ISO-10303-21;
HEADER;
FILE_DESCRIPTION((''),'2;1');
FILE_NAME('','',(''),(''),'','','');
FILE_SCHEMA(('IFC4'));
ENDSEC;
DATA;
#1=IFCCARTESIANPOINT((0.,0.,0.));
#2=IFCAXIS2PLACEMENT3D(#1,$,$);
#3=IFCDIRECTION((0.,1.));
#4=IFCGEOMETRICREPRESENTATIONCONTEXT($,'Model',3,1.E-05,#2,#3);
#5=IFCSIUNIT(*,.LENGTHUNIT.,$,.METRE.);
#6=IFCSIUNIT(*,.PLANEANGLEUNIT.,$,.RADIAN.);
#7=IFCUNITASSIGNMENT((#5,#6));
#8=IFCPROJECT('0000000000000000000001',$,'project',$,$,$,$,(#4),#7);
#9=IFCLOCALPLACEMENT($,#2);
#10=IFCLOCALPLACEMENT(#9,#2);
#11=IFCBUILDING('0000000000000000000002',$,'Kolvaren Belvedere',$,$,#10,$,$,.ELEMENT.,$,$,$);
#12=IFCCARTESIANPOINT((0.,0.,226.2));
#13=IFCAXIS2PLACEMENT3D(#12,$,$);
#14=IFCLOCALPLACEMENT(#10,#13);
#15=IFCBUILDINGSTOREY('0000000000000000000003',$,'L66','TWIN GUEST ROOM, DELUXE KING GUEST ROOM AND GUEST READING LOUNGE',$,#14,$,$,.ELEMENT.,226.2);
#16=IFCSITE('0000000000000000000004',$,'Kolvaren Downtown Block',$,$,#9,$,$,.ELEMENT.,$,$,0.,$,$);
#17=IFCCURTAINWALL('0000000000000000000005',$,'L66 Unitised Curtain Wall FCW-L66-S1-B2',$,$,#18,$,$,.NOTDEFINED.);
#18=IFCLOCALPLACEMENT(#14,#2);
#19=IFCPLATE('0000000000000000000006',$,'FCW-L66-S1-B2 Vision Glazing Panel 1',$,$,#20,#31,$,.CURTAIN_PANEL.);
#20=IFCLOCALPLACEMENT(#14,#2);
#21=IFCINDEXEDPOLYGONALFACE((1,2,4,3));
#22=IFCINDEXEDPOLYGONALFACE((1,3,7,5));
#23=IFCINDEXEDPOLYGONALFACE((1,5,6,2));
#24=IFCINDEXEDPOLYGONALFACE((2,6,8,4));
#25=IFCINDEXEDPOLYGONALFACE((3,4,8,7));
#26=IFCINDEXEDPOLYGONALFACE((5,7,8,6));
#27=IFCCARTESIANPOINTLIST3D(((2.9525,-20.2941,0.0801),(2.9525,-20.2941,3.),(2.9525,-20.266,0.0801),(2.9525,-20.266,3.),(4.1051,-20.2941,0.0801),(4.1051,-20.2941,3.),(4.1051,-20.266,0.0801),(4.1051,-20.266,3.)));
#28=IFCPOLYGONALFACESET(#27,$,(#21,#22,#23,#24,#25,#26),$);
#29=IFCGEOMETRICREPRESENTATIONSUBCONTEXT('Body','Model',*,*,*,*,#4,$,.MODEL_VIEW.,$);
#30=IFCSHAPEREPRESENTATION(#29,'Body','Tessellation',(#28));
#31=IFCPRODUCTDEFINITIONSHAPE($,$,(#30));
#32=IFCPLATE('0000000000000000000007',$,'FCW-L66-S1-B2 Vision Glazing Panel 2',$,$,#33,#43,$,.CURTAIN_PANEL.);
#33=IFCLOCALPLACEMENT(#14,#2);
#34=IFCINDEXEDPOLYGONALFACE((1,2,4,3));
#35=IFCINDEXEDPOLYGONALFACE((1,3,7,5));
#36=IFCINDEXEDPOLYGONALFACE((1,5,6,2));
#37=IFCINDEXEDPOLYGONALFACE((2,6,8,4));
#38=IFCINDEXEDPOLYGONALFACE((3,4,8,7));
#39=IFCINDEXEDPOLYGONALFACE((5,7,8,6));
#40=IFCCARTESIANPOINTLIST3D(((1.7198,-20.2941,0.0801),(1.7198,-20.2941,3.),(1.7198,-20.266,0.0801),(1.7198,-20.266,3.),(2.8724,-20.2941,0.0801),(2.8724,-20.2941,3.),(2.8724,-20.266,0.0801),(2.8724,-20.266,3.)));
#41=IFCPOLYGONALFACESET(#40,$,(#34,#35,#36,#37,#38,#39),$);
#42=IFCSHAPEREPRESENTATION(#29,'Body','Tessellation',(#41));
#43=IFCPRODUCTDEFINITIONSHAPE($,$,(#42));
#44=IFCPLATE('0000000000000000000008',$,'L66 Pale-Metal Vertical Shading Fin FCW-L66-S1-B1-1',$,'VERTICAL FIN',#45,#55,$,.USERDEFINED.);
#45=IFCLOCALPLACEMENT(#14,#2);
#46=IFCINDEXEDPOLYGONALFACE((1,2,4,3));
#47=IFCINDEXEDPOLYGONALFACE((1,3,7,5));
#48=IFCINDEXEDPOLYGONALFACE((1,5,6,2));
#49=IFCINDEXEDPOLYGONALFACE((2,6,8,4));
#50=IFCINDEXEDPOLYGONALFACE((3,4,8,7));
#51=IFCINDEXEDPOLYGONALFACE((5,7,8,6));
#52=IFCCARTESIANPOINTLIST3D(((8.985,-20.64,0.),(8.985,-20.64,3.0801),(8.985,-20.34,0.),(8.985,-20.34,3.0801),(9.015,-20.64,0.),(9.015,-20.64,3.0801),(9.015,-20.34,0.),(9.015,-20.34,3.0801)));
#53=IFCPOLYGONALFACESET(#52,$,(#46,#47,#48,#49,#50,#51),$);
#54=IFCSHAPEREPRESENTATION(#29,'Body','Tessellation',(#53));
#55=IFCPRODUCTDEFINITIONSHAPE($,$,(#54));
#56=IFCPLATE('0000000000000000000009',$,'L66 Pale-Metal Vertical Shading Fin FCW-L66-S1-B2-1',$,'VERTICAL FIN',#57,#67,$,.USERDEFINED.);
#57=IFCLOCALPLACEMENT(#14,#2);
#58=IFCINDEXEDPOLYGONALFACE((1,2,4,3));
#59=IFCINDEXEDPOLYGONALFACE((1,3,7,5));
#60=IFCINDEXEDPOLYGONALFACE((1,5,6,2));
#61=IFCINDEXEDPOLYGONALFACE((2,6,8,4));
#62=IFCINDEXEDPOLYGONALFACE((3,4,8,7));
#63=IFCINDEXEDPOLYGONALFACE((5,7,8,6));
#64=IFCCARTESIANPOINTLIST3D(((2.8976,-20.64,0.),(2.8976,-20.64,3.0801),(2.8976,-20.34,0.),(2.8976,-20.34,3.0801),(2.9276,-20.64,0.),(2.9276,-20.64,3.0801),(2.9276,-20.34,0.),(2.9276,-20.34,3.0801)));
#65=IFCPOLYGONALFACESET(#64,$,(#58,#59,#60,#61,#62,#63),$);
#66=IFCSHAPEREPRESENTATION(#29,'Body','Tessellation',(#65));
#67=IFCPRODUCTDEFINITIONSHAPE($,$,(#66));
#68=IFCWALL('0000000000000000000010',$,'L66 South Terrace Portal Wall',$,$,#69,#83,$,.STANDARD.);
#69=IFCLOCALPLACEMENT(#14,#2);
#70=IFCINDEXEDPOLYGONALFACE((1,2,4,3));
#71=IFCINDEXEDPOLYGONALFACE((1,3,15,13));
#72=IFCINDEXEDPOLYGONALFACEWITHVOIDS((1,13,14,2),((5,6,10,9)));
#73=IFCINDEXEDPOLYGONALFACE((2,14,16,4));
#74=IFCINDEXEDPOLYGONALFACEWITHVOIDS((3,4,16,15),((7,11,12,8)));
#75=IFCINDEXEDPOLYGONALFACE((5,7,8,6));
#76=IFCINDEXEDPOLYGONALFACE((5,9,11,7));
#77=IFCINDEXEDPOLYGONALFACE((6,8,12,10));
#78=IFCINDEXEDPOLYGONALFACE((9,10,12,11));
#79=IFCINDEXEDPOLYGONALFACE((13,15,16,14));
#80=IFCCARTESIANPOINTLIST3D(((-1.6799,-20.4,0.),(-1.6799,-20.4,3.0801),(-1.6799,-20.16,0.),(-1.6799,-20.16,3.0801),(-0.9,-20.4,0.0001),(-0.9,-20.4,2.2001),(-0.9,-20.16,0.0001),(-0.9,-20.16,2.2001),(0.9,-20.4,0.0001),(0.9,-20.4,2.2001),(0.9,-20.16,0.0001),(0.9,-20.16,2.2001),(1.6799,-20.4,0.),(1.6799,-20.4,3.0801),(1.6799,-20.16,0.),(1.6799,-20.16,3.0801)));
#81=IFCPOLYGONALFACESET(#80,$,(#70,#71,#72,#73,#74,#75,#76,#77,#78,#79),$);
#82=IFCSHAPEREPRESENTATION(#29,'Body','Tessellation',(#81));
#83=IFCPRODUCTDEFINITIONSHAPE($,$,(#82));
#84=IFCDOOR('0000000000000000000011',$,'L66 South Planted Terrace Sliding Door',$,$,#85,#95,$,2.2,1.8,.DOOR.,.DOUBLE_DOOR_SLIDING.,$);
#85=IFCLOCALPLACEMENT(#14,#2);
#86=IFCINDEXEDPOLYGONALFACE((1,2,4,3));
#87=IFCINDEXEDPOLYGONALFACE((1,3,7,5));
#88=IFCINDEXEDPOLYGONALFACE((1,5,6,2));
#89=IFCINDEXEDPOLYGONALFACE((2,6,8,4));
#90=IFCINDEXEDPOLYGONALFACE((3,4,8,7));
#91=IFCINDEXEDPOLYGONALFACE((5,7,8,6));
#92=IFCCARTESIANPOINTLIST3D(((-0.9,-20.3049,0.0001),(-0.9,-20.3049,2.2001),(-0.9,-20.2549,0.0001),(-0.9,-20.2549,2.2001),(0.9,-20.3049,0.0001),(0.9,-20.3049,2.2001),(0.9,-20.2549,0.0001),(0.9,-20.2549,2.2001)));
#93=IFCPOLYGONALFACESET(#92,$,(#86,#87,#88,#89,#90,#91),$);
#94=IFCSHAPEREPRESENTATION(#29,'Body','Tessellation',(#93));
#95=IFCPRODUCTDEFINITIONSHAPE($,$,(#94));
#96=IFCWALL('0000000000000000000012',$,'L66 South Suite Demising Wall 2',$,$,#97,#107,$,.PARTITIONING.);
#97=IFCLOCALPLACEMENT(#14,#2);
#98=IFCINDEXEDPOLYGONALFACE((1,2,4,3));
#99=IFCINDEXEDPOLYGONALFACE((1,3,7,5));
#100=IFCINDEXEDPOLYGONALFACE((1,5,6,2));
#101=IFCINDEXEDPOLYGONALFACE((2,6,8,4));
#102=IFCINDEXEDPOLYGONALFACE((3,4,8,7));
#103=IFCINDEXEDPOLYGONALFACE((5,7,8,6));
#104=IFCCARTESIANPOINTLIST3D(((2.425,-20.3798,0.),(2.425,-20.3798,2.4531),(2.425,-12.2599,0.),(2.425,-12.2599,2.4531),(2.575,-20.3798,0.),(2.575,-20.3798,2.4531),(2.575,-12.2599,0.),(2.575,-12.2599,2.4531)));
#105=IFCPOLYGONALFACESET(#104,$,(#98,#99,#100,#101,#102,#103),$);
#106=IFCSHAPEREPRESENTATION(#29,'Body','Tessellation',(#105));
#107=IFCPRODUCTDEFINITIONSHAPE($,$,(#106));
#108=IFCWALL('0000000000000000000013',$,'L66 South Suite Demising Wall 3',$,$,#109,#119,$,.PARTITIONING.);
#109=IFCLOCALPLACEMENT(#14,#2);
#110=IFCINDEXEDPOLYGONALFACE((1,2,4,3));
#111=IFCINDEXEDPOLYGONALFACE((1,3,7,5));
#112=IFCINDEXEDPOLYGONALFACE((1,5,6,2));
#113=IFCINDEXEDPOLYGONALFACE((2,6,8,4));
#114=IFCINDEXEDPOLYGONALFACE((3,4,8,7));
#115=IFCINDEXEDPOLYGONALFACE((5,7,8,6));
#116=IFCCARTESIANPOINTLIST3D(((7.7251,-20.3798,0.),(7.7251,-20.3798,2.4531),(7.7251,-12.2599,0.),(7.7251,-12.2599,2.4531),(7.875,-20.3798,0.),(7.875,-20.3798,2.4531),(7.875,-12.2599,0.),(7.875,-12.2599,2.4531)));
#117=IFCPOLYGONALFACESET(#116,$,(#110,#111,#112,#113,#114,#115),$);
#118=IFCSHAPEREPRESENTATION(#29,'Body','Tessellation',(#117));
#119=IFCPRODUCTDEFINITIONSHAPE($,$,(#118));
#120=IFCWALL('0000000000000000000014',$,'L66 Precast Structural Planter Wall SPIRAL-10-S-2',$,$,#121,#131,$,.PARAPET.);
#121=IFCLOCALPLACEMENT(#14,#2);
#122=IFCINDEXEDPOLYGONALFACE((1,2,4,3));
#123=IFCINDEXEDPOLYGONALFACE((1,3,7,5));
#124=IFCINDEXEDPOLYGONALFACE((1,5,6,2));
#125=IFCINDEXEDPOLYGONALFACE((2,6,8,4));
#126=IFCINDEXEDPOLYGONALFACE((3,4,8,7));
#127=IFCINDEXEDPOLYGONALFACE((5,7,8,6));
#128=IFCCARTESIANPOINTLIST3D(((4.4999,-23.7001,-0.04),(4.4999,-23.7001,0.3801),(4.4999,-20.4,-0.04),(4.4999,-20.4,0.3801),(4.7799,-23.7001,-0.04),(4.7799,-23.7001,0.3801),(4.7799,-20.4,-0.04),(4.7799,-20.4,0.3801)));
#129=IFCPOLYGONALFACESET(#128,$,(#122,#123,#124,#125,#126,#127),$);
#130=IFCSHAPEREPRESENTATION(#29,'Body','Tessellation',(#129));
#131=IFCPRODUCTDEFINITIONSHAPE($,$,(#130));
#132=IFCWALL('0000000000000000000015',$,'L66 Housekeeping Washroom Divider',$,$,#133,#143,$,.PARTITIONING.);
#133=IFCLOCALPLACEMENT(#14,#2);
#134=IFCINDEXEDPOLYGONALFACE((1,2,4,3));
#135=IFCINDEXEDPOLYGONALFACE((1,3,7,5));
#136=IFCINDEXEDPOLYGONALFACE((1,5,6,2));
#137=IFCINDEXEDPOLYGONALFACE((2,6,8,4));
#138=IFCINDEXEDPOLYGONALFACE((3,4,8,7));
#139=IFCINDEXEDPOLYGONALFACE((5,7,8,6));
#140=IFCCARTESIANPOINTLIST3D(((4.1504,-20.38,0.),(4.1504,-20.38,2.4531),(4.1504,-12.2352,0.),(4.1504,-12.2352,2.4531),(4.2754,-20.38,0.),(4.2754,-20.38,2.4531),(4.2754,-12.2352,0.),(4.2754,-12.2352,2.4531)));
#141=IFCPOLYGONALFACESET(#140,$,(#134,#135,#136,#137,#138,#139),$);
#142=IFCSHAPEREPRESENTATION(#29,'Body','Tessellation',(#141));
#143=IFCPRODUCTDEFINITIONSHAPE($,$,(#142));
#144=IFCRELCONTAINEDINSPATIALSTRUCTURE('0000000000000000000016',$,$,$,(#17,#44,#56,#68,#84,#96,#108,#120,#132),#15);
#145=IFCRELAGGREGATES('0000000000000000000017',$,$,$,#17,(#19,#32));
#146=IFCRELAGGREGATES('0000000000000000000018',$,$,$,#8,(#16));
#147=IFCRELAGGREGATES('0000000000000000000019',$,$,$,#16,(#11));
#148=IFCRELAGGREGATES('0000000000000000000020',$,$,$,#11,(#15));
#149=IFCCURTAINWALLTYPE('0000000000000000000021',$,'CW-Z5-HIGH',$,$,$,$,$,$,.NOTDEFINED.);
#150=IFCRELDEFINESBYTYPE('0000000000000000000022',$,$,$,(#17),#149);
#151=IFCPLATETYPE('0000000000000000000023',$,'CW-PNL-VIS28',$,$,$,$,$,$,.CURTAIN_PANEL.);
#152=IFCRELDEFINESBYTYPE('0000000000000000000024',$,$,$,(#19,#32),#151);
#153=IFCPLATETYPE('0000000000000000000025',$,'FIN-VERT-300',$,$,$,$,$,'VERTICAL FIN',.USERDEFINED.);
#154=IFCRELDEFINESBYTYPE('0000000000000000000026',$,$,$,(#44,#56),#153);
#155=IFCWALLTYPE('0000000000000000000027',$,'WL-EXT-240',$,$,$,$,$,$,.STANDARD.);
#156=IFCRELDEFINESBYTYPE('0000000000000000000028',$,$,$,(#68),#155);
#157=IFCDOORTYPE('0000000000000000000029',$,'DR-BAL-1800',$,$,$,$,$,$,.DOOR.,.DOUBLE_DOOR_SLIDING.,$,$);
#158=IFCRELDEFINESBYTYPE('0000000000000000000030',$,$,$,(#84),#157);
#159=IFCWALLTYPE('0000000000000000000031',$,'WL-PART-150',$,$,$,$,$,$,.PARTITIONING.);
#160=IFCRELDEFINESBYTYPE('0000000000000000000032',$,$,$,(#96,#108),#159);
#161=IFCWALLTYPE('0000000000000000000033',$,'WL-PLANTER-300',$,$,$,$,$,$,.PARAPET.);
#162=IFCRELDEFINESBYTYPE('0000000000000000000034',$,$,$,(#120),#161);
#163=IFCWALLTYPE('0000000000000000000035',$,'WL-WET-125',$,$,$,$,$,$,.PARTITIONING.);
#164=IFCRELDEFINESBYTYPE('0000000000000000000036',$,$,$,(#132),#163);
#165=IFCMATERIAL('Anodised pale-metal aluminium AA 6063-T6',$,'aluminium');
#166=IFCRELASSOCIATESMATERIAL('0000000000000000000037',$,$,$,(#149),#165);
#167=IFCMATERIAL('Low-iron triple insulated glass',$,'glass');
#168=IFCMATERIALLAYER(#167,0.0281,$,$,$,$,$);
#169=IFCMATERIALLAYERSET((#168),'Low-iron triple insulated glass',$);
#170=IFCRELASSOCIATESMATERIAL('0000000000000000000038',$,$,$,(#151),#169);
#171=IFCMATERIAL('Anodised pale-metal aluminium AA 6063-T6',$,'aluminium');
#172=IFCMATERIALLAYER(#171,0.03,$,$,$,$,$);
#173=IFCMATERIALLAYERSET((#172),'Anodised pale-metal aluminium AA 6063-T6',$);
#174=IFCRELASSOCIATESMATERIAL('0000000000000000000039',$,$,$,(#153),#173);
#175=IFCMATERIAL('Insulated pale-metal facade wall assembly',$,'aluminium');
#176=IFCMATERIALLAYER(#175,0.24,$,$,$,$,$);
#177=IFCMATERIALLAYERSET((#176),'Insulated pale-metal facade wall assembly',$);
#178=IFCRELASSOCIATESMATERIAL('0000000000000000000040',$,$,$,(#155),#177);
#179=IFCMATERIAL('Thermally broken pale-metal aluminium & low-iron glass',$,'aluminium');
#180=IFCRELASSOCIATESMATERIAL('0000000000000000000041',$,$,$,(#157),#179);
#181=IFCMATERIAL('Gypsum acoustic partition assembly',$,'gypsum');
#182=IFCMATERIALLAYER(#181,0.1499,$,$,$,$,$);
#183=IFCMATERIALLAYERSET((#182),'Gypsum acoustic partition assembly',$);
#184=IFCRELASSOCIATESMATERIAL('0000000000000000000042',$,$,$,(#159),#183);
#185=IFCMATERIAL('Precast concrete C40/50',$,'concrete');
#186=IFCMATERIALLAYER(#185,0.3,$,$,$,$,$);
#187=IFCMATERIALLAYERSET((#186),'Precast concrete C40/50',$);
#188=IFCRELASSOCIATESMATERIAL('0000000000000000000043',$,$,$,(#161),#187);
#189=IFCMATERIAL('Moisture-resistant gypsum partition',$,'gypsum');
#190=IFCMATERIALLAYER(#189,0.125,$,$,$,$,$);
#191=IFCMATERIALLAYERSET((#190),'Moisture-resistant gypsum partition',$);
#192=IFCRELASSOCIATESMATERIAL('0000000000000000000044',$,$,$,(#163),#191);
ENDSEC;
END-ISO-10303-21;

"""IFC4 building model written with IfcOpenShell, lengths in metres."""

from ifc_helpers import new_model, si_unit, direction, frame, frame_2d, origin, origin_2d, place, context, subcontext, project, spatial, rectangle, extrude, material, layer, layer_set, type_object, element, fill, aggregate, save


model = new_model("IFC4")

# Units and contexts
model_context = context("Model", 3, precision=1e-05, world=origin(), true_north=direction((0.0, 1.0)))
body_context = subcontext(model_context, "Body", "Model", "MODEL_VIEW")
ifc_project = project(units=[si_unit("LENGTHUNIT", "METRE"), si_unit("PLANEANGLEUNIT", "RADIAN")], contexts=[model_context])

# Site, building, storey
site_placement = place(None, origin())
site = spatial("IfcSite", under=ifc_project, at=site_placement, Name="Kolvaren Downtown Block", CompositionType="ELEMENT", RefElevation=0.0)
building_placement = place(site_placement, origin())
building = spatial("IfcBuilding", under=site, at=building_placement, Name="Kolvaren Belvedere", CompositionType="ELEMENT")
storey_placement = place(building_placement, frame((0.0, 0.0, 226.2)))
storey = spatial("IfcBuildingStorey", under=building, at=storey_placement, Name="L66", Description="TWIN GUEST ROOM, DELUXE KING GUEST ROOM AND GUEST READING LOUNGE", CompositionType="ELEMENT", Elevation=226.2)

# Curtain wall
ifc_material_1 = material(Name="Anodised pale-metal aluminium AA 6063-T6", Category="aluminium")
curtain_wall_type = type_object("IfcCurtainWallType", Name="CW-Z5-HIGH", PredefinedType="NOTDEFINED", material=ifc_material_1)
curtain_wall_1_placement = place(storey_placement, origin())
curtain_wall_1 = element("IfcCurtainWall", 1, at=curtain_wall_1_placement, inside=storey, type_object=curtain_wall_type, Name="L66 Unitised Curtain Wall FCW-L66-S1-B2", PredefinedType="NOTDEFINED")

# Plates
ifc_material_2 = material(Name="Low-iron triple insulated glass", Category="glass")
ifc_layer_1 = layer(ifc_material_2, 0.0281)
ifc_layer_set_1 = layer_set([ifc_layer_1], Name="Low-iron triple insulated glass")
plate_type_1 = type_object("IfcPlateType", Name="CW-PNL-VIS28", PredefinedType="CURTAIN_PANEL", material=ifc_layer_set_1)
plate_1_placement = place(storey_placement, frame((3.5288, -20.28, 0.0801), z_axis=(0.0, 0.0, 1.0), x_axis=(-1.0, 0.0, 0.0)))
plate_1 = element("IfcPlate", 2, at=plate_1_placement, type_object=plate_type_1, Name="FCW-L66-S1-B2 Vision Glazing Panel 1", PredefinedType="CURTAIN_PANEL", context=body_context, shape_type="SweptSolid", body=[
    extrude(rectangle(XDim=1.1526, YDim=0.0281, at=origin_2d()), origin(), (0.0, 0.0, 1.0), 2.9199),
])
plate_2_placement = place(storey_placement, frame((2.2961, -20.28, 0.0801), z_axis=(0.0, 0.0, 1.0), x_axis=(-1.0, 0.0, 0.0)))
plate_2 = element("IfcPlate", 3, at=plate_2_placement, type_object=plate_type_1, Name="FCW-L66-S1-B2 Vision Glazing Panel 2", PredefinedType="CURTAIN_PANEL", context=body_context, shape_type="SweptSolid", body=[
    extrude(rectangle(XDim=1.1526, YDim=0.0281, at=origin_2d()), origin(), (0.0, 0.0, 1.0), 2.9199),
])
aggregate(curtain_wall_1, [plate_1, plate_2])

# Plates
ifc_material_3 = material(Name="Anodised pale-metal aluminium AA 6063-T6", Category="aluminium")
ifc_layer_2 = layer(ifc_material_3, 0.03)
ifc_layer_set_2 = layer_set([ifc_layer_2], Name="Anodised pale-metal aluminium AA 6063-T6")
plate_type_2 = type_object("IfcPlateType", Name="FIN-VERT-300", ElementType="VERTICAL FIN", PredefinedType="USERDEFINED", material=ifc_layer_set_2)
for number, where, z_axis, x_axis, name in (
    (4, (9.0, -20.49, 0.0), (0.0, 0.0, 1.0), (0.0, 1.0, 0.0), "L66 Pale-Metal Vertical Shading Fin FCW-L66-S1-B1-1"),
    (5, (2.9126, -20.49, 0.0), (0.0, 0.0, 1.0), (0.0, 1.0, 0.0), "L66 Pale-Metal Vertical Shading Fin FCW-L66-S1-B2-1"),
):
    element("IfcPlate", number, at=place(storey_placement, frame(where, z_axis=z_axis, x_axis=x_axis)), inside=storey, type_object=plate_type_2, Name=name, ObjectType="VERTICAL FIN", PredefinedType="USERDEFINED", context=body_context, shape_type="SweptSolid", body=[
        extrude(rectangle(XDim=0.3, YDim=0.03, at=origin_2d()), origin(), (0.0, 0.0, 1.0), 3.0801),
    ])

# Wall, opening, door
ifc_material_4 = material(Name="Insulated pale-metal facade wall assembly", Category="aluminium")
ifc_layer_3 = layer(ifc_material_4, 0.24)
ifc_layer_set_3 = layer_set([ifc_layer_3], Name="Insulated pale-metal facade wall assembly")
wall_type_1 = type_object("IfcWallType", Name="WL-EXT-240", PredefinedType="STANDARD", material=ifc_layer_set_3)
wall_1_placement = place(storey_placement, frame((1.6799, -20.28, 0.0), z_axis=(0.0, 0.0, 1.0), x_axis=(-1.0, 0.0, 0.0)))
wall_1 = element("IfcWall", 6, at=wall_1_placement, inside=storey, type_object=wall_type_1, Name="L66 South Terrace Portal Wall", PredefinedType="STANDARD", context=body_context, shape_type="SweptSolid", body=[
    extrude(rectangle(XDim=3.3599, YDim=0.24, at=frame_2d((1.6799, 0.0))), origin(), (0.0, 0.0, 1.0), 3.0801),
])
opening_placement = place(wall_1_placement, frame((0.78, 0.0, 0.0)))
opening = element("IfcOpeningElement", 7, at=opening_placement, cuts=wall_1, PredefinedType="OPENING", context=body_context, shape_type="SweptSolid", body=[
    extrude(rectangle(XDim=1.8, YDim=2.2, at=frame_2d((0.8999, 1.1001))), frame((0.0, 0.1299, 0.0), z_axis=(0.0, -1.0, 0.0), x_axis=(1.0, 0.0, 0.0)), (0.0, 0.0, 1.0), 0.26),
])
ifc_material_5 = material(Name="Thermally broken pale-metal aluminium & low-iron glass", Category="aluminium")
door_type = type_object("IfcDoorType", Name="DR-BAL-1800", OperationType="DOUBLE_DOOR_SLIDING", PredefinedType="DOOR", material=ifc_material_5)
door_placement = place(opening_placement, origin())
door = element("IfcDoor", 8, at=door_placement, inside=storey, type_object=door_type, Name="L66 South Planted Terrace Sliding Door", OperationType="DOUBLE_DOOR_SLIDING", OverallHeight=2.2, OverallWidth=1.8, PredefinedType="DOOR", context=body_context, shape_type="SweptSolid", body=[
    extrude(rectangle(XDim=1.8, YDim=2.2, at=frame_2d((0.8999, 1.1001))), frame((0.0, 0.0249, 0.0), z_axis=(0.0, -1.0, 0.0), x_axis=(1.0, 0.0, 0.0)), (0.0, 0.0, 1.0), 0.05),
])
fill(opening, door)

# Walls
ifc_material_6 = material(Name="Gypsum acoustic partition assembly", Category="gypsum")
ifc_layer_4 = layer(ifc_material_6, 0.1499)
ifc_layer_set_4 = layer_set([ifc_layer_4], Name="Gypsum acoustic partition assembly")
wall_type_2 = type_object("IfcWallType", Name="WL-PART-150", PredefinedType="PARTITIONING", material=ifc_layer_set_4)
for number, where, z_axis, x_axis, name in (
    (9, (2.5, -20.3799, 0.0), (0.0, 0.0, 1.0), (0.0, 1.0, 0.0), "L66 South Suite Demising Wall 2"),
    (10, (7.8, -20.3799, 0.0), (0.0, 0.0, 1.0), (0.0, 1.0, 0.0), "L66 South Suite Demising Wall 3"),
):
    element("IfcWall", number, at=place(storey_placement, frame(where, z_axis=z_axis, x_axis=x_axis)), inside=storey, type_object=wall_type_2, Name=name, PredefinedType="PARTITIONING", context=body_context, shape_type="SweptSolid", body=[
        extrude(rectangle(XDim=8.1199, YDim=0.1499, at=frame_2d((4.0601, 0.0))), origin(), (0.0, 0.0, 1.0), 2.4531),
    ])
ifc_material_7 = material(Name="Precast concrete C40/50", Category="concrete")
ifc_layer_5 = layer(ifc_material_7, 0.3)
ifc_layer_set_5 = layer_set([ifc_layer_5], Name="Precast concrete C40/50")
wall_type_3 = type_object("IfcWallType", Name="WL-PLANTER-300", PredefinedType="PARAPET", material=ifc_layer_set_5)
wall_2_placement = place(storey_placement, frame((4.6399, -23.7, -0.04), z_axis=(0.0, 0.0, 1.0), x_axis=(0.0, 1.0, 0.0)))
element("IfcWall", 11, at=wall_2_placement, inside=storey, type_object=wall_type_3, Name="L66 Precast Structural Planter Wall SPIRAL-10-S-2", PredefinedType="PARAPET", context=body_context, shape_type="SweptSolid", body=[
    extrude(rectangle(XDim=3.3, YDim=0.28, at=frame_2d((1.6499, 0.0))), origin(), (0.0, 0.0, 1.0), 0.4202),
])
ifc_material_8 = material(Name="Moisture-resistant gypsum partition", Category="gypsum")
ifc_layer_6 = layer(ifc_material_8, 0.125)
ifc_layer_set_6 = layer_set([ifc_layer_6], Name="Moisture-resistant gypsum partition")
wall_type_4 = type_object("IfcWallType", Name="WL-WET-125", PredefinedType="PARTITIONING", material=ifc_layer_set_6)
wall_3_placement = place(storey_placement, frame((4.2129, -20.3799, 0.0), z_axis=(0.0, 0.0, 1.0), x_axis=(0.0, 1.0, 0.0)))
element("IfcWall", 12, at=wall_3_placement, inside=storey, type_object=wall_type_4, Name="L66 Housekeeping Washroom Divider", PredefinedType="PARTITIONING", context=body_context, shape_type="SweptSolid", body=[
    extrude(rectangle(XDim=8.1448, YDim=0.125, at=frame_2d((4.0723, 0.0))), origin(), (0.0, 0.0, 1.0), 2.4531),
])

save(model, "model.ifc")
